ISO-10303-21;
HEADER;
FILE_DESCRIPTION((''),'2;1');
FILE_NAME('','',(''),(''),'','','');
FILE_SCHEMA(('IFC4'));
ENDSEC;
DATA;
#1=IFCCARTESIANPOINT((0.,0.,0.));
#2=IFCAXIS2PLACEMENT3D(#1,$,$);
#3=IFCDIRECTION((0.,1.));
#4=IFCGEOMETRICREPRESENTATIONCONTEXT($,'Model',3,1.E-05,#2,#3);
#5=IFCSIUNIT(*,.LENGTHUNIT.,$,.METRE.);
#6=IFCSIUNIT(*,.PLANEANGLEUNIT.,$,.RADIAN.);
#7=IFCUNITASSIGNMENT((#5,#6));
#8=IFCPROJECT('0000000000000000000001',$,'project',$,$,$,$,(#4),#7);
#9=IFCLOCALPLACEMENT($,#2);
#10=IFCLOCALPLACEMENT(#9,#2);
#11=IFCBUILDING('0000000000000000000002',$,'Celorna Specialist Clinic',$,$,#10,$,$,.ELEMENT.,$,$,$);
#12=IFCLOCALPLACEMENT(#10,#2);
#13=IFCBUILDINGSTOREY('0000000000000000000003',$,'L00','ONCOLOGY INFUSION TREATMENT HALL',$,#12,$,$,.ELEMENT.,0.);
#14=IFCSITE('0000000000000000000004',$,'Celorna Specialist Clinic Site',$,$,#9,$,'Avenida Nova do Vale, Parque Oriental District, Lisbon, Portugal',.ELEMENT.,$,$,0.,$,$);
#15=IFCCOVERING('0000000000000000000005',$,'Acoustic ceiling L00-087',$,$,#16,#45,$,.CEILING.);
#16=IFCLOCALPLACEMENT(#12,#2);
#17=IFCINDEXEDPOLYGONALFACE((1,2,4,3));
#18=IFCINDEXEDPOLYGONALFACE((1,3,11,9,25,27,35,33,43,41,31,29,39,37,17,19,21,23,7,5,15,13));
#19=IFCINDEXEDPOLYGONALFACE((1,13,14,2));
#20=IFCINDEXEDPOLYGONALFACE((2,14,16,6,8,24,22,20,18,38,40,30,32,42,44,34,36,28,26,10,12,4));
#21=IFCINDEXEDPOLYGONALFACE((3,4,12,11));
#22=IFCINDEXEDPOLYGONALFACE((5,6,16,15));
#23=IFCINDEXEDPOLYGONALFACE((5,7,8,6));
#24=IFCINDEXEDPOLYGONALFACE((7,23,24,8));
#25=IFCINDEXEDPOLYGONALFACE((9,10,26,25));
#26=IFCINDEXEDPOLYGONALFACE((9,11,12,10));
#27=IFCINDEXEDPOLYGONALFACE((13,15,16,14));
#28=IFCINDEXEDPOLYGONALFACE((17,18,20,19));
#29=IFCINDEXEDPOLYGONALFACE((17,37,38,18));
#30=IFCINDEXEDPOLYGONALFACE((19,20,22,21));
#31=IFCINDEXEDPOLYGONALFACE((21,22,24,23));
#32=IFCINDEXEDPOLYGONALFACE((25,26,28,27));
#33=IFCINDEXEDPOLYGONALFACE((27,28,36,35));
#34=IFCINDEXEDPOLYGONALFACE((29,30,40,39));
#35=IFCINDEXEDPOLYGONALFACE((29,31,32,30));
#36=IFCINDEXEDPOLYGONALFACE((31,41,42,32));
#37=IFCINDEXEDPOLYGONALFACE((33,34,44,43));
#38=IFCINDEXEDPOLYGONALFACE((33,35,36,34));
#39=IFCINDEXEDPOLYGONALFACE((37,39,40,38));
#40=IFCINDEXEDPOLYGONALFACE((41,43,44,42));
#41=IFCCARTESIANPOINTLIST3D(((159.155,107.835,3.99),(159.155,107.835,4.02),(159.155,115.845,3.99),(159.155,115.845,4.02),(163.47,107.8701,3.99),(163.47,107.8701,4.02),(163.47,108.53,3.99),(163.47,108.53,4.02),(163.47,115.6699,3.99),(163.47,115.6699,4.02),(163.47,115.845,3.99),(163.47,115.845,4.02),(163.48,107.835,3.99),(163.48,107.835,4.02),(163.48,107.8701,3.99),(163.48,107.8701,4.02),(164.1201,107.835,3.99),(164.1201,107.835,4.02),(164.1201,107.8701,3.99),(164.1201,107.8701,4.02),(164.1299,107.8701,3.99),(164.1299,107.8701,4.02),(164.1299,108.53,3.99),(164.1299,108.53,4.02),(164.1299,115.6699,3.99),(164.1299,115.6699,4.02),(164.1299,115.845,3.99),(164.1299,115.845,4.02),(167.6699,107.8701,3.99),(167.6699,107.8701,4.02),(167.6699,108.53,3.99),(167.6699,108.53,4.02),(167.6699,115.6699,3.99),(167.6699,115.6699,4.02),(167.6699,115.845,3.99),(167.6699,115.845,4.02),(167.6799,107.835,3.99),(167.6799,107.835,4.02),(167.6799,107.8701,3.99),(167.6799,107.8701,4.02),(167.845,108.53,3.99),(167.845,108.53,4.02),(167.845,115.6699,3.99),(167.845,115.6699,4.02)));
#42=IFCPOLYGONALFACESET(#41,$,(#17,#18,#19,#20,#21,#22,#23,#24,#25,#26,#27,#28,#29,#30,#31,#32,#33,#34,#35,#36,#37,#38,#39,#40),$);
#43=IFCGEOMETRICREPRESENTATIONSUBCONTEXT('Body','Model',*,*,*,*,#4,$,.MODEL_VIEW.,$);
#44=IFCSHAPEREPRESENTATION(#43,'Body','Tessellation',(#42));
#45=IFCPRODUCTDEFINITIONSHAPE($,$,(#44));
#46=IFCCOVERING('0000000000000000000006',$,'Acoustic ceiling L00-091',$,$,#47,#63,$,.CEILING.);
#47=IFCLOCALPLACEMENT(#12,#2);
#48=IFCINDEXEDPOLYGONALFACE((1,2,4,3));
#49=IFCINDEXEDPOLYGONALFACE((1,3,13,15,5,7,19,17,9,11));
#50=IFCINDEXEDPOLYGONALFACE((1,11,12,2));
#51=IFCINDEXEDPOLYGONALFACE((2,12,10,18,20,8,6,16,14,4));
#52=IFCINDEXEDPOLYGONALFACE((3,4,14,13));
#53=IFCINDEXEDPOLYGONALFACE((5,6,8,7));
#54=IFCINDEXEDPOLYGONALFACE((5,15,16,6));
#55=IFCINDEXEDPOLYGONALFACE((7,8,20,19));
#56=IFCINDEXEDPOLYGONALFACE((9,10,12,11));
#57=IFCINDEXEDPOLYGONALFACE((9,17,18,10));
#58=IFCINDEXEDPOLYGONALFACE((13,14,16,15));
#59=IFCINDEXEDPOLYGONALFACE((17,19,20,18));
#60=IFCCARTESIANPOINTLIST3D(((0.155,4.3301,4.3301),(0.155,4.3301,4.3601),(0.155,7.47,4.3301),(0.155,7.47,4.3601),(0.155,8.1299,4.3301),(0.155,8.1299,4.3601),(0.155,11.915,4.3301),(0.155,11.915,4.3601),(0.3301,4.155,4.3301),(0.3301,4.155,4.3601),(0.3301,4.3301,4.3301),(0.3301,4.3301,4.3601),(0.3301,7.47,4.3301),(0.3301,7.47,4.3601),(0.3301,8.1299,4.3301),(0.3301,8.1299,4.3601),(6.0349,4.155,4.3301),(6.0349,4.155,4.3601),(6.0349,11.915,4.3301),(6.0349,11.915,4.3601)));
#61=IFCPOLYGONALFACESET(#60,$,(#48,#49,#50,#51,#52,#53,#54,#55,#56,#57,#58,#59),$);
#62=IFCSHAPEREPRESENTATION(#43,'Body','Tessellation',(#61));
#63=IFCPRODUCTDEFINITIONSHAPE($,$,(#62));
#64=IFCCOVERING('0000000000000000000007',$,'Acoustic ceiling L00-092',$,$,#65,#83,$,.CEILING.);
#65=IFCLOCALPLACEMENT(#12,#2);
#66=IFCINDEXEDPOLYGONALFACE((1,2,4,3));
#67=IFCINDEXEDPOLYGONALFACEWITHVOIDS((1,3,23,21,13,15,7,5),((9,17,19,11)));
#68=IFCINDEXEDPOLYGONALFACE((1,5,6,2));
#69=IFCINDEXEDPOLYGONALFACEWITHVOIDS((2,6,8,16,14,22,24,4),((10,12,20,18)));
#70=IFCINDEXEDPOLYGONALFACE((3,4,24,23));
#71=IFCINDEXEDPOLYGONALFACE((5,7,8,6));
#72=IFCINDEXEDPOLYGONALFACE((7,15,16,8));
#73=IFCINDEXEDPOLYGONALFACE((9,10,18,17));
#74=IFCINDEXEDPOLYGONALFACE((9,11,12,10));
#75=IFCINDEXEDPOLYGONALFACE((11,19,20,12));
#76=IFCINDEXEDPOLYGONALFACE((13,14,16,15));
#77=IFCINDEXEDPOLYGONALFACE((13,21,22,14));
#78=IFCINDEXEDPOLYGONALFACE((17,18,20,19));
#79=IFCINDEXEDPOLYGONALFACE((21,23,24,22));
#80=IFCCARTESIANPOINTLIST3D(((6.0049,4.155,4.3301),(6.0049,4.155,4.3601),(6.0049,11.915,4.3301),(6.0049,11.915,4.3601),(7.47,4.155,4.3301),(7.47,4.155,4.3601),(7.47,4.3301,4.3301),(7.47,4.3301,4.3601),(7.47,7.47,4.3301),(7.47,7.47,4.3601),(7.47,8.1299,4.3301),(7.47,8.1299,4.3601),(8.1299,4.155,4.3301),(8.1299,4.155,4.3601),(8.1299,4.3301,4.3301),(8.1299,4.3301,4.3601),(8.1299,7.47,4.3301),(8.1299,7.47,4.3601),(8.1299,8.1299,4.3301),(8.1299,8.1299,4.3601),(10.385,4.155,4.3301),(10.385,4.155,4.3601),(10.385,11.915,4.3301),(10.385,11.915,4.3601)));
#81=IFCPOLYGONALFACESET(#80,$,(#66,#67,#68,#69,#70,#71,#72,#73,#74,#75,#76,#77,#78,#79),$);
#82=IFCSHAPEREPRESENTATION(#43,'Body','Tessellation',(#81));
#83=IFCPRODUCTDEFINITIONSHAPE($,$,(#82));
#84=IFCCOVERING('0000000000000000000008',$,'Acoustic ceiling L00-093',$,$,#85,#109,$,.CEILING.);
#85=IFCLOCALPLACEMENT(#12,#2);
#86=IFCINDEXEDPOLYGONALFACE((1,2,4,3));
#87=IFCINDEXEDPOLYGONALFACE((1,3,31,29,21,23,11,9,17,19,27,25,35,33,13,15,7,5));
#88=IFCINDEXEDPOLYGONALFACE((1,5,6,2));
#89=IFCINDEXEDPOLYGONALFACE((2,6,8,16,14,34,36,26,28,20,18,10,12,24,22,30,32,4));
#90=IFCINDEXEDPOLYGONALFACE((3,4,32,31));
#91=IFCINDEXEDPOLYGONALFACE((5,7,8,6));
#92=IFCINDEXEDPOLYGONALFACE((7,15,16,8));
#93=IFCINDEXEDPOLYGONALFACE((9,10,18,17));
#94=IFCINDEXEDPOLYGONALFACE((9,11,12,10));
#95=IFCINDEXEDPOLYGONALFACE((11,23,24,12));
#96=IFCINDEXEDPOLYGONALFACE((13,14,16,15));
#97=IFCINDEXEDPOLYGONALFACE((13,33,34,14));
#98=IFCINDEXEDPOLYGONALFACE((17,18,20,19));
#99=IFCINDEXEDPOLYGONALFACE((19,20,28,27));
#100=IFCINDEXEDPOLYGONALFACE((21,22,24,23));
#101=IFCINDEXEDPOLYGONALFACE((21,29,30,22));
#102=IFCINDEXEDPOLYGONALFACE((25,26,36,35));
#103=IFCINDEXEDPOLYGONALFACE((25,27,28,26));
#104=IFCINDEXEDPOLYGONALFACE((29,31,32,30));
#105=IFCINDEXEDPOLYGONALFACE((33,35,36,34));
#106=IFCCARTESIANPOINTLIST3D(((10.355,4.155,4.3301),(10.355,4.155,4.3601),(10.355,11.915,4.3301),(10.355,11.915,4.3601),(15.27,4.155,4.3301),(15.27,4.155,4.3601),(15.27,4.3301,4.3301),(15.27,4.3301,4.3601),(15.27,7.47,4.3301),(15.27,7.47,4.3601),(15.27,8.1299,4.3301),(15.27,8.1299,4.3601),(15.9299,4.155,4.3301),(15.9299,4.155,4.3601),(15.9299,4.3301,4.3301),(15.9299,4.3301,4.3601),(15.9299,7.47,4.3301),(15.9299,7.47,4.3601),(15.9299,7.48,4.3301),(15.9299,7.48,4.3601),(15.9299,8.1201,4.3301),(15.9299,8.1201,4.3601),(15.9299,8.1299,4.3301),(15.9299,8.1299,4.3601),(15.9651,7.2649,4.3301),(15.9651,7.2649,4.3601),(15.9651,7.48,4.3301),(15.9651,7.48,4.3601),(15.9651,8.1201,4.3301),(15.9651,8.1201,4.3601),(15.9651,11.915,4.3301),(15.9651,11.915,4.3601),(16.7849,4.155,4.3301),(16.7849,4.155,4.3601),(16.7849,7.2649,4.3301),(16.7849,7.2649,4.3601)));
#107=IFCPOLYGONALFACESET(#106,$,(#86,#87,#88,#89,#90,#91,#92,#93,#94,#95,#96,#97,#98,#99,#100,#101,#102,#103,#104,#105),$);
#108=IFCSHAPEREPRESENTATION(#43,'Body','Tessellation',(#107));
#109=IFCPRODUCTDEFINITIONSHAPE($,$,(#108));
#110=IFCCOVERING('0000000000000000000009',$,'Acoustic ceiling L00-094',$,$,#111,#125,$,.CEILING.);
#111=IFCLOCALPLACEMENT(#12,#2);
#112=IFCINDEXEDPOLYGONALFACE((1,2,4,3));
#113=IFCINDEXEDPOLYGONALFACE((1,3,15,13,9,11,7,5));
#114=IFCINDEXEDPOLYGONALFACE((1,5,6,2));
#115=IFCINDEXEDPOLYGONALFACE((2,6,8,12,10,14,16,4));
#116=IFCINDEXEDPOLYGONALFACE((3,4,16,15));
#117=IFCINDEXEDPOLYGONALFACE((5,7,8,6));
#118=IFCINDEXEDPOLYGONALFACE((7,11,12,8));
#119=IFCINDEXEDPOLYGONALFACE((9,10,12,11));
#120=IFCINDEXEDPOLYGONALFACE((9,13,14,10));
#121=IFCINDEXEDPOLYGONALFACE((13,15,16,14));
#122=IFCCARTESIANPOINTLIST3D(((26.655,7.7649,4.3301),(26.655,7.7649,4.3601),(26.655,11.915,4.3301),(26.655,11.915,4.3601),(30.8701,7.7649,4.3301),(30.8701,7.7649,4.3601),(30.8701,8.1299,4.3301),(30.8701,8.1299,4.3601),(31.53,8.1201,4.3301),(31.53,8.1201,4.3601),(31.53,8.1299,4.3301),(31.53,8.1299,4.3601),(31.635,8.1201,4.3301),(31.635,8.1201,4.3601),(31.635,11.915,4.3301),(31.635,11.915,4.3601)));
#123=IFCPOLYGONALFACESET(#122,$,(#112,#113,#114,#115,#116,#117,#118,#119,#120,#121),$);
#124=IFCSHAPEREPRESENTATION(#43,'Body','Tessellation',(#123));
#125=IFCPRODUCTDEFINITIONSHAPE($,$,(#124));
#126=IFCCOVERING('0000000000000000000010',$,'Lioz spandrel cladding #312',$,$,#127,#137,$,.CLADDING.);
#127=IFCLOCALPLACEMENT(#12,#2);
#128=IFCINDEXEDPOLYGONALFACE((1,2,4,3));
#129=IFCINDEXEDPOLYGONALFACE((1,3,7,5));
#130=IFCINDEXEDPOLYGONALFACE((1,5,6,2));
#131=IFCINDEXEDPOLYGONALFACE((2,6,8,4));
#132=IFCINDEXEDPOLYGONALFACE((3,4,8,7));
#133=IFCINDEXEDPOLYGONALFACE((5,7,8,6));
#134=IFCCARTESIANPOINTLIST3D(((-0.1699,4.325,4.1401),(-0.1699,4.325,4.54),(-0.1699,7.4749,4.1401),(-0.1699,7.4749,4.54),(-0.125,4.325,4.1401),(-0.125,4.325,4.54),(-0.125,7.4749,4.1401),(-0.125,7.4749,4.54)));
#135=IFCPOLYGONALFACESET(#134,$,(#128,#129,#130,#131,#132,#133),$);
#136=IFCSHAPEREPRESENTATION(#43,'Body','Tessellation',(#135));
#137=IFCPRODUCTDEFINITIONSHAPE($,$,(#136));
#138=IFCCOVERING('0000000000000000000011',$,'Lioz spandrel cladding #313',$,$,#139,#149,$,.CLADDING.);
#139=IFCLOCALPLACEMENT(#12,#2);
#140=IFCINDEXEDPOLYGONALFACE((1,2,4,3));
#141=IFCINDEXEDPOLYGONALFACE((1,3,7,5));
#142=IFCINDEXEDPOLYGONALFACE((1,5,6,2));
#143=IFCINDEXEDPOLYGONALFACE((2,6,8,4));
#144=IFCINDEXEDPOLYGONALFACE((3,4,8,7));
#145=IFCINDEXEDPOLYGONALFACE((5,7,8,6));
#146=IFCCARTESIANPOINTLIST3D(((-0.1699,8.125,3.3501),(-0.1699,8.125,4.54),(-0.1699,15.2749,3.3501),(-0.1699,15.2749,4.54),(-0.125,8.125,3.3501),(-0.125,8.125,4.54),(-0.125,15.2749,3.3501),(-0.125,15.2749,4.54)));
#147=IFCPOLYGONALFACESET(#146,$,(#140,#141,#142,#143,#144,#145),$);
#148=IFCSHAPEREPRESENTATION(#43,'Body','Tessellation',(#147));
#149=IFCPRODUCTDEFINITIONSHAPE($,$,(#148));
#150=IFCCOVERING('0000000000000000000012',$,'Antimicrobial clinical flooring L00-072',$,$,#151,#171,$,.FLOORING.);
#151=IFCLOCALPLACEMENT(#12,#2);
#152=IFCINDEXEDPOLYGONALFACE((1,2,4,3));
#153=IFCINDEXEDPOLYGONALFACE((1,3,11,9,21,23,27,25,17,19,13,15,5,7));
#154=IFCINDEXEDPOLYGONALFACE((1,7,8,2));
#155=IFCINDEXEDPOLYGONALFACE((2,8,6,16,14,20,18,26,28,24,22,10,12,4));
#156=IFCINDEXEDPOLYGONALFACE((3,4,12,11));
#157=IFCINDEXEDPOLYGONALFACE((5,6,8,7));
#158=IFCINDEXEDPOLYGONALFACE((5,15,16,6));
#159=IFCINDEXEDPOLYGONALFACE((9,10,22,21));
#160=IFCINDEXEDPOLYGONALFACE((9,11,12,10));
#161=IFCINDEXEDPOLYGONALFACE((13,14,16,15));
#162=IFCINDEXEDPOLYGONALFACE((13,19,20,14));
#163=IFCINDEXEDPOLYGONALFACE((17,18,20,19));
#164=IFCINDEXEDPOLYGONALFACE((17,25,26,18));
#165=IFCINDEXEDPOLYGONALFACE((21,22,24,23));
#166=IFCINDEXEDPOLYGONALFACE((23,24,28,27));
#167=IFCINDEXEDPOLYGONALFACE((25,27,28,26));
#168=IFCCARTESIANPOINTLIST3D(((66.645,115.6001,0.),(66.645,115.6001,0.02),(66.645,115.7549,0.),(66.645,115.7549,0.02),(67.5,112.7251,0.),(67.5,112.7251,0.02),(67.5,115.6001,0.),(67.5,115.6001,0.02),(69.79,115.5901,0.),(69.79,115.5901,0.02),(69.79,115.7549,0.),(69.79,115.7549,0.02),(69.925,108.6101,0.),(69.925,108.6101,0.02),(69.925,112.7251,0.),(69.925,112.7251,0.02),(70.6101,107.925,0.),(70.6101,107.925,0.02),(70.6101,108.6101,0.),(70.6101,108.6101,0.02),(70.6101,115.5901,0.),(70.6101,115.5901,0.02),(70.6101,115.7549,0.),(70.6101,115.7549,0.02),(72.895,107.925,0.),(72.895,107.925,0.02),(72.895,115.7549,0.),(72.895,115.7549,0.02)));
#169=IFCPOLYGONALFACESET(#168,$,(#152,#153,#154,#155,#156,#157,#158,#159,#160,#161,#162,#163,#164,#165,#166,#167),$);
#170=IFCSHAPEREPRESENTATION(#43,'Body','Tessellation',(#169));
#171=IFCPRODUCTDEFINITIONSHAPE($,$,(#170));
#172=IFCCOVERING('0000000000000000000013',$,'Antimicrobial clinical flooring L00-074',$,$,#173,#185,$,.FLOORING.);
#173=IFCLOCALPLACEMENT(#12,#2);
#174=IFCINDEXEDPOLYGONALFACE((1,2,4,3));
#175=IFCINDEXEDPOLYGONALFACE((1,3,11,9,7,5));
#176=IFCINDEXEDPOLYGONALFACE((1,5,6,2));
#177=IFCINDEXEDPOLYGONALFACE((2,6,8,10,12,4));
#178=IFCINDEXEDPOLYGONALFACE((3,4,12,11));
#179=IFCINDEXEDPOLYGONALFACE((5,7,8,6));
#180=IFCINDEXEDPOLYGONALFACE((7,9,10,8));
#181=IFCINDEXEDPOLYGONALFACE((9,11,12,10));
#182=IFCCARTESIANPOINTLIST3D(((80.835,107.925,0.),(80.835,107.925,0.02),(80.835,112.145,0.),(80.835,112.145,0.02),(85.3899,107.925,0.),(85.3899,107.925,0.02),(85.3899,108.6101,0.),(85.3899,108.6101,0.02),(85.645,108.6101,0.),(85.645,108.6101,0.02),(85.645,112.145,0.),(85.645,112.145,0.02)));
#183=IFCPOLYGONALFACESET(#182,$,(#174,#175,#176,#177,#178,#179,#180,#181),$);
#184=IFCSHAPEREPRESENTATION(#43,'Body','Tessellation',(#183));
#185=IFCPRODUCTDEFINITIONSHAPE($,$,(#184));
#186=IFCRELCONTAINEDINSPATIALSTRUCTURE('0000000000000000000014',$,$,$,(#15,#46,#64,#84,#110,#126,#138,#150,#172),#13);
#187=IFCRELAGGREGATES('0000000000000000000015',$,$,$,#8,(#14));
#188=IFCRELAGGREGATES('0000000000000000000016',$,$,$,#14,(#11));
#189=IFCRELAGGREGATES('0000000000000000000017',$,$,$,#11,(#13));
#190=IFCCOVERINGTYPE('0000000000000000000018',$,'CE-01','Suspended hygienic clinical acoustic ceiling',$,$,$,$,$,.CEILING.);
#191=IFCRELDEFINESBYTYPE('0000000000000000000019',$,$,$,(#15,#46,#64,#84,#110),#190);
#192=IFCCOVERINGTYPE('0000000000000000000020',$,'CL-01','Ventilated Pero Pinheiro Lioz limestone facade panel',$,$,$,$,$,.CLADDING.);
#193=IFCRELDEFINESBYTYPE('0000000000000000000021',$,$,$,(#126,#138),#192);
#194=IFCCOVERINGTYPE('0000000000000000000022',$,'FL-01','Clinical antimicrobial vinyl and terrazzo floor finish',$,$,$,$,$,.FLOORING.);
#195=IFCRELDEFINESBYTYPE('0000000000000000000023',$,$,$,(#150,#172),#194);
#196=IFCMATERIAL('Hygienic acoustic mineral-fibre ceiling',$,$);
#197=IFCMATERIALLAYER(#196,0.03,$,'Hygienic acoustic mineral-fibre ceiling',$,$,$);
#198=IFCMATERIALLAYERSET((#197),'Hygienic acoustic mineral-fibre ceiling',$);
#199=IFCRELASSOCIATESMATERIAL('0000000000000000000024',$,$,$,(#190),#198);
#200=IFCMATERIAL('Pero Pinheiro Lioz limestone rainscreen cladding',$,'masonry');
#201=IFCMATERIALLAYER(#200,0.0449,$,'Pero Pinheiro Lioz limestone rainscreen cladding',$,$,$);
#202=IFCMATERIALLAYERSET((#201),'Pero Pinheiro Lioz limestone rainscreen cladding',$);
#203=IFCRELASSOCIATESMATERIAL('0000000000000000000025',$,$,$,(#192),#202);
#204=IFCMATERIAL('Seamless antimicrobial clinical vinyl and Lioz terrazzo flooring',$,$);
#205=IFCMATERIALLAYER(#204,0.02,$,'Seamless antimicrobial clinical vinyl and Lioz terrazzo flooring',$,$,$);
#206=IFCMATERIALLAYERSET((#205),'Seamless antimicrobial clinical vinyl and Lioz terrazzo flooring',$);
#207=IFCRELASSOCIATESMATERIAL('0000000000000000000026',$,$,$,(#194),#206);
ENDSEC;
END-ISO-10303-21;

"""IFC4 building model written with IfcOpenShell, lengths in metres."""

from ifc_helpers import new_model, si_unit, direction, frame, origin, origin_2d, place, context, subcontext, project, spatial, polyline, rectangle, outline, extrude, material, layer, layer_set, type_object, element, save


model = new_model("IFC4")

# Units and contexts
model_context = context("Model", 3, precision=1e-05, world=origin(), true_north=direction((0.0, 1.0)))
body_context = subcontext(model_context, "Body", "Model", "MODEL_VIEW")
ifc_project = project(units=[si_unit("LENGTHUNIT", "METRE"), si_unit("PLANEANGLEUNIT", "RADIAN")], contexts=[model_context])

# Site, building, storey
site_placement = place(None, origin())
site = spatial("IfcSite", under=ifc_project, at=site_placement, Name="Celorna Specialist Clinic Site", LongName="Avenida Nova do Vale, Parque Oriental District, Lisbon, Portugal", CompositionType="ELEMENT", RefElevation=0.0)
building_placement = place(site_placement, origin())
building = spatial("IfcBuilding", under=site, at=building_placement, Name="Celorna Specialist Clinic", CompositionType="ELEMENT")
storey_placement = place(building_placement, origin())
storey = spatial("IfcBuildingStorey", under=building, at=storey_placement, Name="L00", Description="ONCOLOGY INFUSION TREATMENT HALL", CompositionType="ELEMENT", Elevation=0.0)

# Coverings
ifc_material_1 = material(Name="Hygienic acoustic mineral-fibre ceiling")
ifc_layer_1 = layer(ifc_material_1, 0.03, Name="Hygienic acoustic mineral-fibre ceiling")
ifc_layer_set_1 = layer_set([ifc_layer_1], Name="Hygienic acoustic mineral-fibre ceiling")
covering_type_1 = type_object("IfcCoveringType", Name="CE-01", Description="Suspended hygienic clinical acoustic ceiling", PredefinedType="CEILING", material=ifc_layer_set_1)
covering_1_placement = place(storey_placement, frame((0.0, 0.0, 3.99)))
element("IfcCovering", 1, at=covering_1_placement, inside=storey, type_object=covering_type_1, Name="Acoustic ceiling L00-087", PredefinedType="CEILING", context=body_context, shape_type="SweptSolid", body=[
    extrude(outline(polyline([(163.47, 115.845), (163.47, 115.6699), (164.1299, 115.6699), (164.1299, 115.845), (167.6699, 115.845), (167.6699, 115.6699), (167.845, 115.6699), (167.845, 108.53), (167.6699, 108.53), (167.6699, 107.8701), (167.6799, 107.8701), (167.6799, 107.835), (164.1201, 107.835), (164.1201, 107.8701), (164.1299, 107.8701), (164.1299, 108.53), (163.47, 108.53), (163.47, 107.8701), (163.48, 107.8701), (163.48, 107.835), (159.155, 107.835), (159.155, 115.845), (163.47, 115.845)])), origin(), (0.0, 0.0, 1.0), 0.03),
])
covering_2_placement = place(storey_placement, frame((0.0, 0.0, 4.3301)))
element("IfcCovering", 2, at=covering_2_placement, inside=storey, type_object=covering_type_1, Name="Acoustic ceiling L00-091", PredefinedType="CEILING", context=body_context, shape_type="SweptSolid", body=[
    extrude(outline(polyline([(0.155, 11.915), (6.0349, 11.915), (6.0349, 4.155), (0.3301, 4.155), (0.3301, 4.3301), (0.155, 4.3301), (0.155, 7.47), (0.3301, 7.47), (0.3301, 8.1299), (0.155, 8.1299), (0.155, 11.915)])), origin(), (0.0, 0.0, 1.0), 0.03),
])
covering_3_placement = place(storey_placement, frame((0.0, 0.0, 4.3301)))
element("IfcCovering", 3, at=covering_3_placement, inside=storey, type_object=covering_type_1, Name="Acoustic ceiling L00-092", PredefinedType="CEILING", context=body_context, shape_type="SweptSolid", body=[
    extrude(outline(polyline([(10.385, 11.915), (10.385, 4.155), (8.1299, 4.155), (8.1299, 4.3301), (7.47, 4.3301), (7.47, 4.155), (6.0049, 4.155), (6.0049, 11.915), (10.385, 11.915)]), holes=[polyline([(8.1299, 7.47), (8.1299, 8.1299), (7.47, 8.1299), (7.47, 7.47), (8.1299, 7.47)])]), origin(), (0.0, 0.0, 1.0), 0.03),
])
covering_4_placement = place(storey_placement, frame((0.0, 0.0, 4.3301)))
element("IfcCovering", 4, at=covering_4_placement, inside=storey, type_object=covering_type_1, Name="Acoustic ceiling L00-093", PredefinedType="CEILING", context=body_context, shape_type="SweptSolid", body=[
    extrude(outline(polyline([(15.9651, 7.2649), (16.7849, 7.2649), (16.7849, 4.155), (15.9299, 4.155), (15.9299, 4.3301), (15.27, 4.3301), (15.27, 4.155), (10.355, 4.155), (10.355, 11.915), (15.9651, 11.915), (15.9651, 8.1201), (15.9299, 8.1201), (15.9299, 8.1299), (15.27, 8.1299), (15.27, 7.47), (15.9299, 7.47), (15.9299, 7.48), (15.9651, 7.48), (15.9651, 7.2649)])), origin(), (0.0, 0.0, 1.0), 0.03),
])
covering_5_placement = place(storey_placement, frame((0.0, 0.0, 4.3301)))
element("IfcCovering", 5, at=covering_5_placement, inside=storey, type_object=covering_type_1, Name="Acoustic ceiling L00-094", PredefinedType="CEILING", context=body_context, shape_type="SweptSolid", body=[
    extrude(outline(polyline([(31.53, 8.1201), (31.53, 8.1299), (30.8701, 8.1299), (30.8701, 7.7649), (26.655, 7.7649), (26.655, 11.915), (31.635, 11.915), (31.635, 8.1201), (31.53, 8.1201)])), origin(), (0.0, 0.0, 1.0), 0.03),
])
ifc_material_2 = material(Name="Pero Pinheiro Lioz limestone rainscreen cladding", Category="masonry")
ifc_layer_2 = layer(ifc_material_2, 0.0449, Name="Pero Pinheiro Lioz limestone rainscreen cladding")
ifc_layer_set_2 = layer_set([ifc_layer_2], Name="Pero Pinheiro Lioz limestone rainscreen cladding")
covering_type_2 = type_object("IfcCoveringType", Name="CL-01", Description="Ventilated Pero Pinheiro Lioz limestone facade panel", PredefinedType="CLADDING", material=ifc_layer_set_2)
covering_6_placement = place(storey_placement, frame((-0.1475, 5.8999, 4.1401), z_axis=(0.0, 0.0, 1.0), x_axis=(0.0, 1.0, 0.0)))
element("IfcCovering", 6, at=covering_6_placement, inside=storey, type_object=covering_type_2, Name="Lioz spandrel cladding #312", PredefinedType="CLADDING", context=body_context, shape_type="SweptSolid", body=[
    extrude(rectangle(XDim=3.1499, YDim=0.0449, at=origin_2d()), origin(), (0.0, 0.0, 1.0), 0.3999),
])
covering_7_placement = place(storey_placement, frame((-0.1475, 11.7, 3.3501), z_axis=(0.0, 0.0, 1.0), x_axis=(0.0, 1.0, 0.0)))
element("IfcCovering", 7, at=covering_7_placement, inside=storey, type_object=covering_type_2, Name="Lioz spandrel cladding #313", PredefinedType="CLADDING", context=body_context, shape_type="SweptSolid", body=[
    extrude(rectangle(XDim=7.1499, YDim=0.0449, at=origin_2d()), origin(), (0.0, 0.0, 1.0), 1.1899),
])
ifc_material_3 = material(Name="Seamless antimicrobial clinical vinyl and Lioz terrazzo flooring")
ifc_layer_3 = layer(ifc_material_3, 0.02, Name="Seamless antimicrobial clinical vinyl and Lioz terrazzo flooring")
ifc_layer_set_3 = layer_set([ifc_layer_3], Name="Seamless antimicrobial clinical vinyl and Lioz terrazzo flooring")
covering_type_3 = type_object("IfcCoveringType", Name="FL-01", Description="Clinical antimicrobial vinyl and terrazzo floor finish", PredefinedType="FLOORING", material=ifc_layer_set_3)
covering_8_placement = place(storey_placement, origin())
element("IfcCovering", 8, at=covering_8_placement, inside=storey, type_object=covering_type_3, Name="Antimicrobial clinical flooring L00-072", PredefinedType="FLOORING", context=body_context, shape_type="SweptSolid", body=[
    extrude(outline(polyline([(69.79, 115.7549), (69.79, 115.5901), (70.6101, 115.5901), (70.6101, 115.7549), (72.895, 115.7549), (72.895, 107.925), (70.6101, 107.925), (70.6101, 108.6101), (69.925, 108.6101), (69.925, 112.7251), (67.5, 112.7251), (67.5, 115.6001), (66.645, 115.6001), (66.645, 115.7549), (69.79, 115.7549)])), origin(), (0.0, 0.0, 1.0), 0.02),
])
covering_9_placement = place(storey_placement, origin())
element("IfcCovering", 9, at=covering_9_placement, inside=storey, type_object=covering_type_3, Name="Antimicrobial clinical flooring L00-074", PredefinedType="FLOORING", context=body_context, shape_type="SweptSolid", body=[
    extrude(outline(polyline([(80.835, 107.925), (80.835, 112.145), (85.645, 112.145), (85.645, 108.6101), (85.3899, 108.6101), (85.3899, 107.925), (80.835, 107.925)])), origin(), (0.0, 0.0, 1.0), 0.02),
])

save(model, "model.ifc")
